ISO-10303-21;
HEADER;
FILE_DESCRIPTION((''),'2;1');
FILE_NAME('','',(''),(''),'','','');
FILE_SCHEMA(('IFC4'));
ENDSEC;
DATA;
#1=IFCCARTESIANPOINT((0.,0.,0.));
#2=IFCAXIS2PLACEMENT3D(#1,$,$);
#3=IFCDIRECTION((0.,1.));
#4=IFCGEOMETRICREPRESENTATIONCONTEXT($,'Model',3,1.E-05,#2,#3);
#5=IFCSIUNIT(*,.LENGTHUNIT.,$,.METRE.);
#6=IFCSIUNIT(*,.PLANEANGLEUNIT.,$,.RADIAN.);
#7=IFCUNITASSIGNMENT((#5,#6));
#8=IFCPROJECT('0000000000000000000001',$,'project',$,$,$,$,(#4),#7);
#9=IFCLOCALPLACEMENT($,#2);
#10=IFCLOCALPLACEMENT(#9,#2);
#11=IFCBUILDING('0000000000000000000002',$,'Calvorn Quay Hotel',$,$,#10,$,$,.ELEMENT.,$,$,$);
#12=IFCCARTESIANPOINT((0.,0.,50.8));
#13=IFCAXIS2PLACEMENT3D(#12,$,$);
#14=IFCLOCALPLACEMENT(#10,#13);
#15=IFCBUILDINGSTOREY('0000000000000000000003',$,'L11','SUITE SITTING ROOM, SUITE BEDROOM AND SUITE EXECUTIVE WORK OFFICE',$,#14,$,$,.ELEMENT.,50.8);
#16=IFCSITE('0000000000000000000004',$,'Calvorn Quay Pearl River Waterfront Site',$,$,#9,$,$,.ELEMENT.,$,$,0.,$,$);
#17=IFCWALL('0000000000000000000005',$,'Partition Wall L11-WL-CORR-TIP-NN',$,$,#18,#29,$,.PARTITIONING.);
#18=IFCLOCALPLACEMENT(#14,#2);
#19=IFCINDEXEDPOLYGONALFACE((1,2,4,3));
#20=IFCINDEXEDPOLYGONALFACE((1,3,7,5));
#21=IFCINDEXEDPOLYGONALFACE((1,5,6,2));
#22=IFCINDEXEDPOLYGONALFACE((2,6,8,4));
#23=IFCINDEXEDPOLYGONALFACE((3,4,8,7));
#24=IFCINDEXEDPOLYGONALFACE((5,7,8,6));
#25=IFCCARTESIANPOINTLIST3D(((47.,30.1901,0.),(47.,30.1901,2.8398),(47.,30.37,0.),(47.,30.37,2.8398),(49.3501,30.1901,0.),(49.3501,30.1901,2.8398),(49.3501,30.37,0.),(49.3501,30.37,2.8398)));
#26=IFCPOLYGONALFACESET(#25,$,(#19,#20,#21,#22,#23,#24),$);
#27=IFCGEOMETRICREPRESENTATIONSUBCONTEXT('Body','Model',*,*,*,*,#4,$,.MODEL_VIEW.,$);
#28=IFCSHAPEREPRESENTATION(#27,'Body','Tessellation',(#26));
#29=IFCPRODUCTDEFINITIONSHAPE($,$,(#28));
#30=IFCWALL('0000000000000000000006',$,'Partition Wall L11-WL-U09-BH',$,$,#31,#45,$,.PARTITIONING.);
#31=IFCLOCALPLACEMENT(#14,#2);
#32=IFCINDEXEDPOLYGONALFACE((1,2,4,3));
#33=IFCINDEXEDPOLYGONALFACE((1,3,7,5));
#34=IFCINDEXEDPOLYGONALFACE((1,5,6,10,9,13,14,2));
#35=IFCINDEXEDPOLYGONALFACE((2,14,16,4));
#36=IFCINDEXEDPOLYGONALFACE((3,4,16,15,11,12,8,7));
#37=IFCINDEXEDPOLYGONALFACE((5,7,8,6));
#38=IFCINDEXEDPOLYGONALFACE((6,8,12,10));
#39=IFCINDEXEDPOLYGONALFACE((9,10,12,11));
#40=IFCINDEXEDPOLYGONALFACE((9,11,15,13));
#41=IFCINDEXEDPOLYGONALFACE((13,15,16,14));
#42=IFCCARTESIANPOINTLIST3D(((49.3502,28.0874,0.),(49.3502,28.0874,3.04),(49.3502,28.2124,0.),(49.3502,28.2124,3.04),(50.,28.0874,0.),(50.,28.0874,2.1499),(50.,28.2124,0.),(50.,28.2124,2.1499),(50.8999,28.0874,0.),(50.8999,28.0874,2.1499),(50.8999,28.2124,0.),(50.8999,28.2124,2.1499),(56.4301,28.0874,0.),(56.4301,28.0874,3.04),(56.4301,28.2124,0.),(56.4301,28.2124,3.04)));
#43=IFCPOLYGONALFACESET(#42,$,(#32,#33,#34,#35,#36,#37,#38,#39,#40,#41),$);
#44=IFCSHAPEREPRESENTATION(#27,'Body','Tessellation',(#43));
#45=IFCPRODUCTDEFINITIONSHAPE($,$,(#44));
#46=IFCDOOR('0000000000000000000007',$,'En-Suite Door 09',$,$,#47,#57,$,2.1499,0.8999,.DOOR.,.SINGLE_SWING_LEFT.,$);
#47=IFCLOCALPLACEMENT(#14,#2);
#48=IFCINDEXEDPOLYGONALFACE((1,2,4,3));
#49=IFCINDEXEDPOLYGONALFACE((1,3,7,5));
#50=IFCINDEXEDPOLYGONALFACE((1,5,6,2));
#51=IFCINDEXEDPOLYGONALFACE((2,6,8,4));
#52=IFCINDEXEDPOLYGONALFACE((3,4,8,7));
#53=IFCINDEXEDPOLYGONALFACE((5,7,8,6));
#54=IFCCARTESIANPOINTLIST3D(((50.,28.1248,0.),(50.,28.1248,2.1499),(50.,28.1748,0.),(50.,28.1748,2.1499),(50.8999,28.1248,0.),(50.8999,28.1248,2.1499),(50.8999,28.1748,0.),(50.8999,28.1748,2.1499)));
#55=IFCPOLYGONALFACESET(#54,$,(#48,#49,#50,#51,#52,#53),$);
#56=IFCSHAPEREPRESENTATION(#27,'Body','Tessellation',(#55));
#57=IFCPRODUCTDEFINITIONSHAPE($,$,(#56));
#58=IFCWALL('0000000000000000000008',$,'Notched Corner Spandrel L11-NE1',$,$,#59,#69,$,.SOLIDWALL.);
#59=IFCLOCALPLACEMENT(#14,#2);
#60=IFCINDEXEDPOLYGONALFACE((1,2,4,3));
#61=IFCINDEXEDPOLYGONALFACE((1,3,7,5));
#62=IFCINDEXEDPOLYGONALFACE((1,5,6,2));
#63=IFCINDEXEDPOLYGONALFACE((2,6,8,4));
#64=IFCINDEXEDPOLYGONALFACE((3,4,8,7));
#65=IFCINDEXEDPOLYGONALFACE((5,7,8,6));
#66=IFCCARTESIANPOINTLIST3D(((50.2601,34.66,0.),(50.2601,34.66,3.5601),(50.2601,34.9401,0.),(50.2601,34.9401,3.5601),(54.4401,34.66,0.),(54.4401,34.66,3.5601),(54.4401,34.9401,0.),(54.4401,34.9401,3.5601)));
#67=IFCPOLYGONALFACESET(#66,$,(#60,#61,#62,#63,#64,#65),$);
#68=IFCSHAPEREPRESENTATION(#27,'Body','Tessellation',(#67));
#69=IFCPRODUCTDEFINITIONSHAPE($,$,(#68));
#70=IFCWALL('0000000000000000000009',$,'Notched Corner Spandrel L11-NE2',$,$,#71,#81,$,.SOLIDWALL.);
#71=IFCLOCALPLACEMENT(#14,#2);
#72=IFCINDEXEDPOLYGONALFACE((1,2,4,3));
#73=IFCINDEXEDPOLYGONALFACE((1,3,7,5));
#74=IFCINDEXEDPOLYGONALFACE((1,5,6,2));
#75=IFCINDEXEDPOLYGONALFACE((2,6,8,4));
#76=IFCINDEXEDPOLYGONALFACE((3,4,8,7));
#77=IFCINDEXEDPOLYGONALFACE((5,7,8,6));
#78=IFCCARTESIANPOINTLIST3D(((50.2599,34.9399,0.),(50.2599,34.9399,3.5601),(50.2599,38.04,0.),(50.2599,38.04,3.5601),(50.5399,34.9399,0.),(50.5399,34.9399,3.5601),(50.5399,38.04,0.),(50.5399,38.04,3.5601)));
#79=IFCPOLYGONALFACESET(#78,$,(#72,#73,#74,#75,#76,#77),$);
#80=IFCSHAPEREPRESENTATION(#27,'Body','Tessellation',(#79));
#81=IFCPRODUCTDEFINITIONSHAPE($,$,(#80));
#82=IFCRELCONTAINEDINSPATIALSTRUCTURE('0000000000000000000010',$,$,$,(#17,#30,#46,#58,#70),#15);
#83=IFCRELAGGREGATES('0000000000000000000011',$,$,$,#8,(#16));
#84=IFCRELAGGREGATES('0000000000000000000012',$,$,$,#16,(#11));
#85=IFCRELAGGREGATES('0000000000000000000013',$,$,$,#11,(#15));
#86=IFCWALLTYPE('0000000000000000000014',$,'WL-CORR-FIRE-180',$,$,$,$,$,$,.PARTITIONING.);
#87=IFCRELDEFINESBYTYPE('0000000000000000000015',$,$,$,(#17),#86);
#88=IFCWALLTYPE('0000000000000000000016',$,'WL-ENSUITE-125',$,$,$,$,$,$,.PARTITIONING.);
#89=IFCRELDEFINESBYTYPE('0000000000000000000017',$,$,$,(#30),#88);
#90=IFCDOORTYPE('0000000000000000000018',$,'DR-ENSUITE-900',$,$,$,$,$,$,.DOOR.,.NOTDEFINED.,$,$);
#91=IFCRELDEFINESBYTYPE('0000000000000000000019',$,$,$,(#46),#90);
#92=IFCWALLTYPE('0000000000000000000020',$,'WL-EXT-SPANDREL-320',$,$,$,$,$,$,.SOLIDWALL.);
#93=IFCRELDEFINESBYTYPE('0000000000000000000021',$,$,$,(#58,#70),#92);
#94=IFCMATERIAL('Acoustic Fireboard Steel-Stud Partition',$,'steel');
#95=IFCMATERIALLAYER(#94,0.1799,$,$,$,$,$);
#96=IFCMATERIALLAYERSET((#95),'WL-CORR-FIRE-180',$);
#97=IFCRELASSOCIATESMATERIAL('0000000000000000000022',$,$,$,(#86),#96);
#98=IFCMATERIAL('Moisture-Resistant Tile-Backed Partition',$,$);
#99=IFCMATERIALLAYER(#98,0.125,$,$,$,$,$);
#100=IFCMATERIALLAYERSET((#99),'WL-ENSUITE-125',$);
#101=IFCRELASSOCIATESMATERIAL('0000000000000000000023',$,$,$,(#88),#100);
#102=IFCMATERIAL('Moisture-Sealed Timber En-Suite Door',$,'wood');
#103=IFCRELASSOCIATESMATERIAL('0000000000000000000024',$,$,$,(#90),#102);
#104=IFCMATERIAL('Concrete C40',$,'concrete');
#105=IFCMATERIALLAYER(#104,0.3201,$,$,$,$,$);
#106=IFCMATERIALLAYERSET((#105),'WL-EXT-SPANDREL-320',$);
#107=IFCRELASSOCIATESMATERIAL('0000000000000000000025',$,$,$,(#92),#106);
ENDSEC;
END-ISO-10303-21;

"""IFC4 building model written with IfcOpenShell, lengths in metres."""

from ifc_helpers import new_model, si_unit, direction, frame, frame_2d, origin, place, context, subcontext, project, spatial, rectangle, extrude, material, layer, layer_set, type_object, element, fill, save


model = new_model("IFC4")

# Units and contexts
model_context = context("Model", 3, precision=1e-05, world=origin(), true_north=direction((0.0, 1.0)))
body_context = subcontext(model_context, "Body", "Model", "MODEL_VIEW")
ifc_project = project(units=[si_unit("LENGTHUNIT", "METRE"), si_unit("PLANEANGLEUNIT", "RADIAN")], contexts=[model_context])

# Site, building, storey
site_placement = place(None, origin())
site = spatial("IfcSite", under=ifc_project, at=site_placement, Name="Calvorn Quay Pearl River Waterfront Site", CompositionType="ELEMENT", RefElevation=0.0)
building_placement = place(site_placement, origin())
building = spatial("IfcBuilding", under=site, at=building_placement, Name="Calvorn Quay Hotel", CompositionType="ELEMENT")
storey_placement = place(building_placement, frame((0.0, 0.0, 50.8)))
storey = spatial("IfcBuildingStorey", under=building, at=storey_placement, Name="L11", Description="SUITE SITTING ROOM, SUITE BEDROOM AND SUITE EXECUTIVE WORK OFFICE", CompositionType="ELEMENT", Elevation=50.8)

# Wall
ifc_material_1 = material(Name="Acoustic Fireboard Steel-Stud Partition", Category="steel")
ifc_layer_1 = layer(ifc_material_1, 0.1799)
ifc_layer_set_1 = layer_set([ifc_layer_1], Name="WL-CORR-FIRE-180")
wall_type_1 = type_object("IfcWallType", Name="WL-CORR-FIRE-180", PredefinedType="PARTITIONING", material=ifc_layer_set_1)
wall_1_placement = place(storey_placement, frame((47.0, 30.28, 0.0), z_axis=(0.0, 0.0, 1.0), x_axis=(1.0, 0.0, 0.0)))
element("IfcWall", 1, at=wall_1_placement, inside=storey, type_object=wall_type_1, Name="Partition Wall L11-WL-CORR-TIP-NN", PredefinedType="PARTITIONING", context=body_context, shape_type="SweptSolid", body=[
    extrude(rectangle(XDim=2.3501, YDim=0.1799, at=frame_2d((1.175, 0.0))), origin(), (0.0, 0.0, 1.0), 2.8398),
])

# Wall, opening, door
ifc_material_2 = material(Name="Moisture-Resistant Tile-Backed Partition")
ifc_layer_2 = layer(ifc_material_2, 0.125)
ifc_layer_set_2 = layer_set([ifc_layer_2], Name="WL-ENSUITE-125")
wall_type_2 = type_object("IfcWallType", Name="WL-ENSUITE-125", PredefinedType="PARTITIONING", material=ifc_layer_set_2)
wall_2_placement = place(storey_placement, frame((49.3501, 28.1499, 0.0), z_axis=(0.0, 0.0, 1.0), x_axis=(1.0, 0.0, 0.0)))
wall_2 = element("IfcWall", 2, at=wall_2_placement, inside=storey, type_object=wall_type_2, Name="Partition Wall L11-WL-U09-BH", PredefinedType="PARTITIONING", context=body_context, shape_type="SweptSolid", body=[
    extrude(rectangle(XDim=7.0798, YDim=0.125, at=frame_2d((3.54, 0.0))), origin(), (0.0, 0.0, 1.0), 3.04),
])
opening_placement = place(wall_2_placement, frame((0.6499, 0.0, 0.0)))
opening = element("IfcOpeningElement", 3, at=opening_placement, cuts=wall_2, PredefinedType="OPENING", context=body_context, shape_type="SweptSolid", body=[
    extrude(rectangle(XDim=0.8999, YDim=2.1499, at=frame_2d((0.45, 1.075))), frame((0.0, 0.0725, 0.0), z_axis=(0.0, -1.0, 0.0), x_axis=(1.0, 0.0, 0.0)), (0.0, 0.0, 1.0), 0.145),
])
ifc_material_3 = material(Name="Moisture-Sealed Timber En-Suite Door", Category="wood")
door_type = type_object("IfcDoorType", Name="DR-ENSUITE-900", OperationType="NOTDEFINED", PredefinedType="DOOR", material=ifc_material_3)
door_placement = place(opening_placement, origin())
door = element("IfcDoor", 4, at=door_placement, inside=storey, type_object=door_type, Name="En-Suite Door 09", OperationType="SINGLE_SWING_LEFT", OverallHeight=2.1499, OverallWidth=0.8999, PredefinedType="DOOR", context=body_context, shape_type="SweptSolid", body=[
    extrude(rectangle(XDim=0.8999, YDim=2.1499, at=frame_2d((0.45, 1.075))), frame((0.0, 0.0249, 0.0), z_axis=(0.0, -1.0, 0.0), x_axis=(1.0, 0.0, 0.0)), (0.0, 0.0, 1.0), 0.05),
])
fill(opening, door)

# Walls
ifc_material_4 = material(Name="Concrete C40", Category="concrete")
ifc_layer_3 = layer(ifc_material_4, 0.3201)
ifc_layer_set_3 = layer_set([ifc_layer_3], Name="WL-EXT-SPANDREL-320")
wall_type_3 = type_object("IfcWallType", Name="WL-EXT-SPANDREL-320", PredefinedType="SOLIDWALL", material=ifc_layer_set_3)
wall_3_placement = place(storey_placement, frame((54.4399, 34.8, 0.0), z_axis=(0.0, 0.0, 1.0), x_axis=(-1.0, 0.0, 0.0)))
element("IfcWall", 5, at=wall_3_placement, inside=storey, type_object=wall_type_3, Name="Notched Corner Spandrel L11-NE1", PredefinedType="SOLIDWALL", context=body_context, shape_type="SweptSolid", body=[
    extrude(rectangle(XDim=4.1799, YDim=0.28, at=frame_2d((2.0898, 0.0))), origin(), (0.0, 0.0, 1.0), 3.5601),
])
wall_4_placement = place(storey_placement, frame((50.3999, 34.9399, 0.0), z_axis=(0.0, 0.0, 1.0), x_axis=(0.0, 1.0, 0.0)))
element("IfcWall", 6, at=wall_4_placement, inside=storey, type_object=wall_type_3, Name="Notched Corner Spandrel L11-NE2", PredefinedType="SOLIDWALL", context=body_context, shape_type="SweptSolid", body=[
    extrude(rectangle(XDim=3.1001, YDim=0.28, at=frame_2d((1.55, 0.0))), origin(), (0.0, 0.0, 1.0), 3.5601),
])

save(model, "model.ifc")
